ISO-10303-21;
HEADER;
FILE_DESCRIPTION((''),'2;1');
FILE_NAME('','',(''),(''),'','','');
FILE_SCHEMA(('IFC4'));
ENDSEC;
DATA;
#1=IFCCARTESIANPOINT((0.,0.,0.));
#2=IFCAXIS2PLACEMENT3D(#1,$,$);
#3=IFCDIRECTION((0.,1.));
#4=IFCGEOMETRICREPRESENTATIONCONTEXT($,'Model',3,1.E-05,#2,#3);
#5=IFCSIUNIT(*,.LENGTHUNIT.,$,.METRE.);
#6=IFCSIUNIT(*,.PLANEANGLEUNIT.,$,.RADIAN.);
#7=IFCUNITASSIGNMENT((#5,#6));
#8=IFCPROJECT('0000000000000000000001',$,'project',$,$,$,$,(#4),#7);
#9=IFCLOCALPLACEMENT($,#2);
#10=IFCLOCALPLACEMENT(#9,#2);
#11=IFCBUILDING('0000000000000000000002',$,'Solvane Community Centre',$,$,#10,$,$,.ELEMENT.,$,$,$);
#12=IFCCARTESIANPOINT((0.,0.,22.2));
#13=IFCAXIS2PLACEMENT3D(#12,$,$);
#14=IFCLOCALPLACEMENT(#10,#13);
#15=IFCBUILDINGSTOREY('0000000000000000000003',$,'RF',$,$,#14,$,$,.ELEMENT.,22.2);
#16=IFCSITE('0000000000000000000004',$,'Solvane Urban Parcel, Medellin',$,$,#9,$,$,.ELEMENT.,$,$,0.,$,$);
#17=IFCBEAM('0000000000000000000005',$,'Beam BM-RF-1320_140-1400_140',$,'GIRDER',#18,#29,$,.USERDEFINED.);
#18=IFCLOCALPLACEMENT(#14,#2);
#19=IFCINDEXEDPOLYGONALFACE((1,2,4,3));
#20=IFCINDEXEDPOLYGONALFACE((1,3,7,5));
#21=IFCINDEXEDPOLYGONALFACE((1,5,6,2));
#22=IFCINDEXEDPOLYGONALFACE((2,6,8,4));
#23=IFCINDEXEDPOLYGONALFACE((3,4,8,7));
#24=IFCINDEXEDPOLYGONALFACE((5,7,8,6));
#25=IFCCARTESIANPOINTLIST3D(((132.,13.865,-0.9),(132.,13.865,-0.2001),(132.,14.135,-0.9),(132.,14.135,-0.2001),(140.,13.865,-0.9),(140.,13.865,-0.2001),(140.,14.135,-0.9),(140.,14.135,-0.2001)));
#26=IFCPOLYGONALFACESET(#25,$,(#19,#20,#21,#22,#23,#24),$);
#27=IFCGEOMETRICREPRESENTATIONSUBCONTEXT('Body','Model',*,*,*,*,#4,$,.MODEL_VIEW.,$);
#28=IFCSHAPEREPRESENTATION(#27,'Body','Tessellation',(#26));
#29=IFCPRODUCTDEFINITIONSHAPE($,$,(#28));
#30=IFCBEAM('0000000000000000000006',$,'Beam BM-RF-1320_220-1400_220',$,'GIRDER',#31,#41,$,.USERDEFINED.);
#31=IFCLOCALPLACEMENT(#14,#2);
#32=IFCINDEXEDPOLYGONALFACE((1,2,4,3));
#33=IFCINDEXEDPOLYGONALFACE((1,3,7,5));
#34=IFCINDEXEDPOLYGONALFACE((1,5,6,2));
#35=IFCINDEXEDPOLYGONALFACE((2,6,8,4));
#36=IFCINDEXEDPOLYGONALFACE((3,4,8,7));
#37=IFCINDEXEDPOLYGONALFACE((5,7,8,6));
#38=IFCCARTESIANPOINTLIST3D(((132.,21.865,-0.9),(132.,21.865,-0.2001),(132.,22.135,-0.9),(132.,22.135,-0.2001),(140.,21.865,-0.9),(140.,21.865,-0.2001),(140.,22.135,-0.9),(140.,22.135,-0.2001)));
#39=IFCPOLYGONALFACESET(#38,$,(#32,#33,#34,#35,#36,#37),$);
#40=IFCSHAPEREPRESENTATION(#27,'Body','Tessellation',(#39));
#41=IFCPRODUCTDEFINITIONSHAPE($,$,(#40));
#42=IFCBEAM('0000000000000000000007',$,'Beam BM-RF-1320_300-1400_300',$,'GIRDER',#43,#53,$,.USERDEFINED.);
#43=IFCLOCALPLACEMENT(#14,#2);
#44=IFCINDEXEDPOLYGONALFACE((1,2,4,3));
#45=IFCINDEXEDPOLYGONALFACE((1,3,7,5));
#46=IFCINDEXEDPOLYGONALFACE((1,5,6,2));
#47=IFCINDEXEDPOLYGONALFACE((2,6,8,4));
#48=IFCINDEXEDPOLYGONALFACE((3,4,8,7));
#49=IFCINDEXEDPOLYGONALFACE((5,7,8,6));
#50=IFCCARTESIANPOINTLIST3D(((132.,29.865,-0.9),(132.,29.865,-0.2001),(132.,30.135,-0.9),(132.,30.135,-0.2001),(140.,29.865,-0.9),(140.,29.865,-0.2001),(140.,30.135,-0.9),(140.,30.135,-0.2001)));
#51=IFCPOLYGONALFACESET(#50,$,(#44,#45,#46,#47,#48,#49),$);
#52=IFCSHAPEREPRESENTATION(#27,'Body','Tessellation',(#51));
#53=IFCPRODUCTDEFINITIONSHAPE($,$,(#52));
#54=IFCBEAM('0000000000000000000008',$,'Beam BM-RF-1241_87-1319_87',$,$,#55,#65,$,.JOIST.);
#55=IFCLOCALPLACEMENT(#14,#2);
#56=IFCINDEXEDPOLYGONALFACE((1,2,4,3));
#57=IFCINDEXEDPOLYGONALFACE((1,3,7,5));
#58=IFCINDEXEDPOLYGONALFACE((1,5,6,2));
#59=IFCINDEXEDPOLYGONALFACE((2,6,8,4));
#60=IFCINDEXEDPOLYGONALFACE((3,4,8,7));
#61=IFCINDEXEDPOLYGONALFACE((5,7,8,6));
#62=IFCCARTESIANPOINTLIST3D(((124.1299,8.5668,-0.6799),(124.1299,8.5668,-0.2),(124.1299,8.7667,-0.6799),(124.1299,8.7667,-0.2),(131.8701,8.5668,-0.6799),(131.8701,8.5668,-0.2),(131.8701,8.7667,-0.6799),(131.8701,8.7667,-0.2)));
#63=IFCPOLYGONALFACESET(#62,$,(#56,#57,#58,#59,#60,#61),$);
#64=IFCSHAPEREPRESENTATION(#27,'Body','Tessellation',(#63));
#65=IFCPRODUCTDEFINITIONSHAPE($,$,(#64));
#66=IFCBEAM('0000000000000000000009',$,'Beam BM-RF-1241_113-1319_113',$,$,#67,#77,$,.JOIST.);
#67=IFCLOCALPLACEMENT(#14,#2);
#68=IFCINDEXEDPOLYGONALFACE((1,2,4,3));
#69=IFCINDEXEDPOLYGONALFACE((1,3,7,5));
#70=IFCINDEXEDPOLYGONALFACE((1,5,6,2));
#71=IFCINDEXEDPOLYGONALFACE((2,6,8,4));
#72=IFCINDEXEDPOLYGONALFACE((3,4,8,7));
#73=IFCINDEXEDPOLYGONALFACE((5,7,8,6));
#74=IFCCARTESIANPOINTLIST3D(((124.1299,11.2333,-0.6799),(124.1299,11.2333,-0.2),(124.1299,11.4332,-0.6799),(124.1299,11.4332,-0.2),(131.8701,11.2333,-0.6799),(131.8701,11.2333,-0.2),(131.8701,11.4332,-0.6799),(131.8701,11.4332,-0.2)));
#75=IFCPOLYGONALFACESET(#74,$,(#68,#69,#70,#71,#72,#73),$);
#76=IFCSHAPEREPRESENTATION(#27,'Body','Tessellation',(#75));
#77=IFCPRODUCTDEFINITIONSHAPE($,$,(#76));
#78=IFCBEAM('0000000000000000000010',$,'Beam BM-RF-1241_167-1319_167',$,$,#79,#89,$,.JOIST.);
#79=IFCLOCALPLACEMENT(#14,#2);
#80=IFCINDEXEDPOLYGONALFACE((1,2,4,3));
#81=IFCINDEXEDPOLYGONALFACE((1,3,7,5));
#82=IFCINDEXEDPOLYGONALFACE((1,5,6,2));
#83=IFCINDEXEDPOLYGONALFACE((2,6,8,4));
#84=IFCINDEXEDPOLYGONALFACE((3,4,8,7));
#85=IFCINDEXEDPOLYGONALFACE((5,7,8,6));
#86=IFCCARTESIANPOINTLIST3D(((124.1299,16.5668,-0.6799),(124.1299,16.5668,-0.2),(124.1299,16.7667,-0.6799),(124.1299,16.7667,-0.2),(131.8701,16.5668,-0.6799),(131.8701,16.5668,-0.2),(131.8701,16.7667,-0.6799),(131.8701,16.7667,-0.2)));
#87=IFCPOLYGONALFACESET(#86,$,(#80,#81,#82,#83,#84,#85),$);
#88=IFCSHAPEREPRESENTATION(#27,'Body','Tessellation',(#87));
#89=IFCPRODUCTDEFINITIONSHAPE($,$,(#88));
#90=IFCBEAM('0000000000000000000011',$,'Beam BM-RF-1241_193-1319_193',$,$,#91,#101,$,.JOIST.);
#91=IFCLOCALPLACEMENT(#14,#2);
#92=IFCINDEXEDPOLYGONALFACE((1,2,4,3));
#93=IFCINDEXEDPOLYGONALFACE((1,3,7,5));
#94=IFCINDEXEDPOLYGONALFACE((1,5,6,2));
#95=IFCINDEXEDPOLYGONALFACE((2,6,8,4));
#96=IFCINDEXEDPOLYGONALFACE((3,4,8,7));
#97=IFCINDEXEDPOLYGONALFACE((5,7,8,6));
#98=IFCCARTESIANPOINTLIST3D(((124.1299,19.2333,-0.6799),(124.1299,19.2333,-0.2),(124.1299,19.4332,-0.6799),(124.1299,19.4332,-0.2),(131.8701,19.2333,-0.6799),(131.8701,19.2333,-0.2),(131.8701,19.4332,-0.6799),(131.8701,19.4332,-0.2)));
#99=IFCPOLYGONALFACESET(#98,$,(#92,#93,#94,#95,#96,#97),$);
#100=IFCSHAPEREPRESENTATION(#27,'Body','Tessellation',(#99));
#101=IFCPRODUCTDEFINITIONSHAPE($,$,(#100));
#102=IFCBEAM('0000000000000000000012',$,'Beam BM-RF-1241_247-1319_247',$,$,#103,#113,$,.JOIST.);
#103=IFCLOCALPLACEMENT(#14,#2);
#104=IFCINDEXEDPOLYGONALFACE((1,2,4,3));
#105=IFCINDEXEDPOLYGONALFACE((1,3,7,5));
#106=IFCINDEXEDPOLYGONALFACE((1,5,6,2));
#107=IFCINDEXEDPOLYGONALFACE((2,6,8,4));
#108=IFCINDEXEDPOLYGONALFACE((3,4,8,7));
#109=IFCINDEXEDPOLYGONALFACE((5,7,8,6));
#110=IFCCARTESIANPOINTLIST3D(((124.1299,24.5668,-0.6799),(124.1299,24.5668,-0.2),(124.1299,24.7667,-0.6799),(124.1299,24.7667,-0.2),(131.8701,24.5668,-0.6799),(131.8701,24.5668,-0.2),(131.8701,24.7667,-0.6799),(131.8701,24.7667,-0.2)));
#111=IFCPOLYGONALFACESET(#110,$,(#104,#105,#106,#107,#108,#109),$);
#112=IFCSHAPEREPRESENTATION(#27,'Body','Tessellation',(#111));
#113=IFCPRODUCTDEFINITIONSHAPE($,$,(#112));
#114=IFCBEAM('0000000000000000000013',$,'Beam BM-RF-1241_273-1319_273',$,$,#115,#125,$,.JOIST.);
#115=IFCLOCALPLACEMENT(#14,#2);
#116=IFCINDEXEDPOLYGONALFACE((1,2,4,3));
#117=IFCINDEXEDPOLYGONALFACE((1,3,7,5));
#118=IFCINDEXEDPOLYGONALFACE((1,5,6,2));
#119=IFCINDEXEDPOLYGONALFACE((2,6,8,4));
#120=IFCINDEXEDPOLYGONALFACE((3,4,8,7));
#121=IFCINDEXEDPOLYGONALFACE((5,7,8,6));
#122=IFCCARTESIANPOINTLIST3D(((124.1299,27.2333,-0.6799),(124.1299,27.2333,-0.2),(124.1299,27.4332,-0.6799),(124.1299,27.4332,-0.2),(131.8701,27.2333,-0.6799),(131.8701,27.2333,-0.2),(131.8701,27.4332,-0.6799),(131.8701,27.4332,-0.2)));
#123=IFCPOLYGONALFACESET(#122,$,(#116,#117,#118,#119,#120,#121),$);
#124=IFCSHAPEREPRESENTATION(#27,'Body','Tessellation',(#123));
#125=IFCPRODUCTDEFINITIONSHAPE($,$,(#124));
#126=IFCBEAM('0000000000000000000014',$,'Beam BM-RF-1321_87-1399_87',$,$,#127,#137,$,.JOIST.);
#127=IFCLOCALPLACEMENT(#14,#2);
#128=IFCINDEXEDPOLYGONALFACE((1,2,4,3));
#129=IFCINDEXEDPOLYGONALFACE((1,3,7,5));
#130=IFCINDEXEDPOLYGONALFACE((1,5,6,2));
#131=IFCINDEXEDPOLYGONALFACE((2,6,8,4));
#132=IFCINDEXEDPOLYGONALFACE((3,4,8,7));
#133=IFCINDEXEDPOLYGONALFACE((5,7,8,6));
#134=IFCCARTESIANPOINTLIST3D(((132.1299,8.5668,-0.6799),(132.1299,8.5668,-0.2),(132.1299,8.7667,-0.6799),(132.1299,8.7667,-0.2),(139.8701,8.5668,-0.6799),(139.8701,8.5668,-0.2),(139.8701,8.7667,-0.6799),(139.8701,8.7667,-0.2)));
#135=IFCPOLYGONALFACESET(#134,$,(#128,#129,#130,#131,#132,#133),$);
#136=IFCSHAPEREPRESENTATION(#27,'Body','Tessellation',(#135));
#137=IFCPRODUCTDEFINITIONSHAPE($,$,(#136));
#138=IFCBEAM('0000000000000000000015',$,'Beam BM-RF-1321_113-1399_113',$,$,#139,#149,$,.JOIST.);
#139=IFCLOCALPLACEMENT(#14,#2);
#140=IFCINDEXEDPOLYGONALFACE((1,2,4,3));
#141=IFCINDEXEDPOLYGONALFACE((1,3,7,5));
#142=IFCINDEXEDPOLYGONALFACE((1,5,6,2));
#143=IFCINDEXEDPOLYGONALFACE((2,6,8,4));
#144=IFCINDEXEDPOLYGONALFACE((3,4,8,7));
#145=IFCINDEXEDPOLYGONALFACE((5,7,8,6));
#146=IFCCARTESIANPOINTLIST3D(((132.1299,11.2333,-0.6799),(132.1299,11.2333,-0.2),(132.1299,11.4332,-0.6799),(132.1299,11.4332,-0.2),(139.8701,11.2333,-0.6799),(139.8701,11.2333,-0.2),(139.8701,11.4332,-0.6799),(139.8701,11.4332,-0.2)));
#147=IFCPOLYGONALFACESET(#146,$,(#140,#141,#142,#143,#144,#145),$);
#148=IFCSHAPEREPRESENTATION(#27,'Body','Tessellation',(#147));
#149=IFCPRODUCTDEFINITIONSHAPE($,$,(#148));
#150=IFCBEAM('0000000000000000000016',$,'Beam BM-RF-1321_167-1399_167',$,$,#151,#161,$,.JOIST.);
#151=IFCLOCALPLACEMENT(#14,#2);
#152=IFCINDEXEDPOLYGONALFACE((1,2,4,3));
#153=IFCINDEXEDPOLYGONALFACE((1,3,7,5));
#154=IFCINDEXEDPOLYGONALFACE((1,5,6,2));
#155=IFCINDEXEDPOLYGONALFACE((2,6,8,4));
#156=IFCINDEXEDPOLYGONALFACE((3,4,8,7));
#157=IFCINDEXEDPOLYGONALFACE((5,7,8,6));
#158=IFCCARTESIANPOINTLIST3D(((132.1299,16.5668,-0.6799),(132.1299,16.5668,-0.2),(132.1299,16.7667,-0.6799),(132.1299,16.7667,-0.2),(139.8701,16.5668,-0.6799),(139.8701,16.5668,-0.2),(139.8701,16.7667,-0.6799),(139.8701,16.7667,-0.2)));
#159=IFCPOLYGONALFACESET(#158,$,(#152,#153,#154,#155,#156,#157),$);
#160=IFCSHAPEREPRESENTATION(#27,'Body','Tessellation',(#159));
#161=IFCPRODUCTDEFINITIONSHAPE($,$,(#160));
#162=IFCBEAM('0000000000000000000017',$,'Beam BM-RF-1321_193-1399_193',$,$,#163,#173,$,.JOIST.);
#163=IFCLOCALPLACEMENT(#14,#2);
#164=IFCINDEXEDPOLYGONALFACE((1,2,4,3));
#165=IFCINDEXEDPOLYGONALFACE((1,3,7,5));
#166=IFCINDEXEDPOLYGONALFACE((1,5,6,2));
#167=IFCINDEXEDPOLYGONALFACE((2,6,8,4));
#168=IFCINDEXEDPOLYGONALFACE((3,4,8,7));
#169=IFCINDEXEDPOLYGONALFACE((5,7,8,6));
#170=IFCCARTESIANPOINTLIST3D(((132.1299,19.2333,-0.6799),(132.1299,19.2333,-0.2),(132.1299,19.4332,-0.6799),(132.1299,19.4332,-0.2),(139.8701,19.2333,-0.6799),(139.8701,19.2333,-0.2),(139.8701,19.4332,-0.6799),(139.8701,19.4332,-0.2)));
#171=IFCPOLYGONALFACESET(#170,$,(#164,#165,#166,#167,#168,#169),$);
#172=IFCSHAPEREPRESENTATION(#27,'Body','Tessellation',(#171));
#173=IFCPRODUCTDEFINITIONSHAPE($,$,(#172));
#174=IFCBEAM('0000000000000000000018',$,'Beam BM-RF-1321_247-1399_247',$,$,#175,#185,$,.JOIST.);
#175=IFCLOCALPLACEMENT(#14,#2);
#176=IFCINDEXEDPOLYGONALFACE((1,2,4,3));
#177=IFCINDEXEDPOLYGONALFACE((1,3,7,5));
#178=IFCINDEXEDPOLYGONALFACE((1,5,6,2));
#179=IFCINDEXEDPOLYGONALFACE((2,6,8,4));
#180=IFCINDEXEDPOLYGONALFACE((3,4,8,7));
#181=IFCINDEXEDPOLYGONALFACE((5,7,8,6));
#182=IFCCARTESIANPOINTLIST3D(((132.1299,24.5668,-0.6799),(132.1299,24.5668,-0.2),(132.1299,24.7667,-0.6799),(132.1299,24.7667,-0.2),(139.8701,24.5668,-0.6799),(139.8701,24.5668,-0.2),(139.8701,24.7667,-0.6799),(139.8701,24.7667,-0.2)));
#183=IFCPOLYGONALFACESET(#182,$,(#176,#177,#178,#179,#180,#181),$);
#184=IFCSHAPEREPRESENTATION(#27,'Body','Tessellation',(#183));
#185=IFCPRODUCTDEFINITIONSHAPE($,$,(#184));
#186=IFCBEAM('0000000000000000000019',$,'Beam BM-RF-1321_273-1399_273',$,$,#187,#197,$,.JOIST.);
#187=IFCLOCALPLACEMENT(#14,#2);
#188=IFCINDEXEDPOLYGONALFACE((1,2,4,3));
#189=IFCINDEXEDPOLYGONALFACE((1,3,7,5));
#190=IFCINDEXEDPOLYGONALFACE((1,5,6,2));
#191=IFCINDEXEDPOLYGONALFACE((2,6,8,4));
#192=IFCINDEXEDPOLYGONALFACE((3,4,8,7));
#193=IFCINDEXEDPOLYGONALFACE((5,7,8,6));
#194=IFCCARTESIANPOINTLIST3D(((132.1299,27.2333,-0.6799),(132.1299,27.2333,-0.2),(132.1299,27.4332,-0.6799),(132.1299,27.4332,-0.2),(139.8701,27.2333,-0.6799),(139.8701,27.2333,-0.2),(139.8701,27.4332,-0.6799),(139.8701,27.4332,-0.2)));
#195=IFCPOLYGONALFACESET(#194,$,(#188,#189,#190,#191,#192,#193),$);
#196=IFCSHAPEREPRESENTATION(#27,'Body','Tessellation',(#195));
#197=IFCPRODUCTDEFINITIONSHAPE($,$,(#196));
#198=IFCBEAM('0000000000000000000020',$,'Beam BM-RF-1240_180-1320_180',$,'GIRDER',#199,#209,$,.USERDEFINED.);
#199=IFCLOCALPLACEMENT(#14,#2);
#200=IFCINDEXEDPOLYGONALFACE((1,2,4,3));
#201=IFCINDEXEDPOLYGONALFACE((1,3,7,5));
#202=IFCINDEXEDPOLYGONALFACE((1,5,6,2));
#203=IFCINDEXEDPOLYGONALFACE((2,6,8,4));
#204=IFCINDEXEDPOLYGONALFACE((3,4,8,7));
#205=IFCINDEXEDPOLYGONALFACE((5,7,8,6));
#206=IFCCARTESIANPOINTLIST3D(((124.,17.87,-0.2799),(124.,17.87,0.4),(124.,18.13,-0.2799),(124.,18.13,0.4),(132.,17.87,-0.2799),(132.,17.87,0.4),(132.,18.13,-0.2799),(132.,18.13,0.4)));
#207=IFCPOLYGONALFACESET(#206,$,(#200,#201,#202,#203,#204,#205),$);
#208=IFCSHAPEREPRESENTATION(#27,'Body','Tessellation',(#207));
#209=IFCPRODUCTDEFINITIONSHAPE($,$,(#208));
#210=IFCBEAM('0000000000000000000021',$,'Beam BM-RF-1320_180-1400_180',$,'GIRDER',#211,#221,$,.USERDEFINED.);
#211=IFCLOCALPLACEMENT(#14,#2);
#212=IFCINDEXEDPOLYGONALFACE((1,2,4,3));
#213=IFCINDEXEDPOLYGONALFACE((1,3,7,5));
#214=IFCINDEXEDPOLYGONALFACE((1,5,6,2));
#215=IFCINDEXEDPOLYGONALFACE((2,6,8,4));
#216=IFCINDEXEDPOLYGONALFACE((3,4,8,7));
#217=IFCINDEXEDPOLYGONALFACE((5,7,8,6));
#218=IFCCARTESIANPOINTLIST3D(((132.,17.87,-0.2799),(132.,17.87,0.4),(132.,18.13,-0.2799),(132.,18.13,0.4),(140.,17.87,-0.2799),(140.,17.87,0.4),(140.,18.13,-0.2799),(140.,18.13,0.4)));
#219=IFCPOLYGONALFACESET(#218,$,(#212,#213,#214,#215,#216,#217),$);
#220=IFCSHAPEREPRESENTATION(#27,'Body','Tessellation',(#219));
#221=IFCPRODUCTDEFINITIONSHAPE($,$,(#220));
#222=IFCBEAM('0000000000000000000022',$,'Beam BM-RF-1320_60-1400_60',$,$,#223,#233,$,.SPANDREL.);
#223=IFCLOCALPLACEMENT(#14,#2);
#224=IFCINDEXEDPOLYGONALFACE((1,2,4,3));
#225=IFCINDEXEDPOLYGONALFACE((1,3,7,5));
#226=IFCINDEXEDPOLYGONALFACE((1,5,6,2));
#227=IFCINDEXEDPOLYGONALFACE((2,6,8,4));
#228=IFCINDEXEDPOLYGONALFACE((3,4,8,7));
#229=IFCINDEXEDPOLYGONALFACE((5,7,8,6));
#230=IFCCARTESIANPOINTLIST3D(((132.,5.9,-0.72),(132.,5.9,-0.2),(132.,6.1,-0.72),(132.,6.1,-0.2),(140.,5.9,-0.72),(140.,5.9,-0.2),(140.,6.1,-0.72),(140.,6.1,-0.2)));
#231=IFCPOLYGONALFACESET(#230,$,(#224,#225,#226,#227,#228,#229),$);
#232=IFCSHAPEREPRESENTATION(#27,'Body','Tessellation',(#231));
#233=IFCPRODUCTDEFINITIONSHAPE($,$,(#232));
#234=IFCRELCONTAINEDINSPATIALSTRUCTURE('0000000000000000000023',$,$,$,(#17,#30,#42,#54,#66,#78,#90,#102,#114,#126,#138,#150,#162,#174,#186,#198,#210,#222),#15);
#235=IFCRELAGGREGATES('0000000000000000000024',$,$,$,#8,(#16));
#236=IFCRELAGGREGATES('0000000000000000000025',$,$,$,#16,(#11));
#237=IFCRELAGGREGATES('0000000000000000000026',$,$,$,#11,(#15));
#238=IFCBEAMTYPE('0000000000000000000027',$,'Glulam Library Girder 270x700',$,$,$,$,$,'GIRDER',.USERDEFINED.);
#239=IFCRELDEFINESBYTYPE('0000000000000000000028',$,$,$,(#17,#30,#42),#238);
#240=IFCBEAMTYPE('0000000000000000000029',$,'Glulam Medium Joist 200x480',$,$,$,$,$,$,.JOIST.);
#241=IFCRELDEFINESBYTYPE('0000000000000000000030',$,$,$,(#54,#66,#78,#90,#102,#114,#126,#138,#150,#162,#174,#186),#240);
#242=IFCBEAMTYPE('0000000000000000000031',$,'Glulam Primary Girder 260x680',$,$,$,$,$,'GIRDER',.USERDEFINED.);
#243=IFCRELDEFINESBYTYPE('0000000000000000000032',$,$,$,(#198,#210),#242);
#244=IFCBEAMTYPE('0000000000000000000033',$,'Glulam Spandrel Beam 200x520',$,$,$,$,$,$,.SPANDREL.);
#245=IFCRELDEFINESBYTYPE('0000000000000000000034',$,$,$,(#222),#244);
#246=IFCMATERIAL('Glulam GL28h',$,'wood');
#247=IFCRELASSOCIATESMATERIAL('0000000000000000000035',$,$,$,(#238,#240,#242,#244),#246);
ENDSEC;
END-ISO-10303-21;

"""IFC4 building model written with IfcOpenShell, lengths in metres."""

from ifc_helpers import new_model, si_unit, direction, frame, origin, origin_2d, place, context, subcontext, project, spatial, rectangle, extrude, material, material_profile, profile_set, type_object, element, save


model = new_model("IFC4")

# Units and contexts
model_context = context("Model", 3, precision=1e-05, world=origin(), true_north=direction((0.0, 1.0)))
body_context = subcontext(model_context, "Body", "Model", "MODEL_VIEW")
ifc_project = project(units=[si_unit("LENGTHUNIT", "METRE"), si_unit("PLANEANGLEUNIT", "RADIAN")], contexts=[model_context])

# Site, building, storey
site_placement = place(None, origin())
site = spatial("IfcSite", under=ifc_project, at=site_placement, Name="Solvane Urban Parcel, Medellin", CompositionType="ELEMENT", RefElevation=0.0)
building_placement = place(site_placement, origin())
building = spatial("IfcBuilding", under=site, at=building_placement, Name="Solvane Community Centre", CompositionType="ELEMENT")
storey_placement = place(building_placement, frame((0.0, 0.0, 22.2)))
storey = spatial("IfcBuildingStorey", under=building, at=storey_placement, Name="RF", CompositionType="ELEMENT", Elevation=22.2)

# Beams
ifc_material_1 = material(Name="Glulam GL28h", Category="wood")
ifc_material_profile_1 = material_profile(ifc_material_1, rectangle(XDim=0.27, YDim=0.7, at=origin_2d()), Name="GL28h 270x700")
ifc_profile_set_1 = profile_set([ifc_material_profile_1], Name="Glulam GL28h")
beam_type_1 = type_object("IfcBeamType", Name="Glulam Library Girder 270x700", ElementType="GIRDER", PredefinedType="USERDEFINED", material=ifc_profile_set_1)
for number, where, z_axis, x_axis, name in (
    (1, (132.0, 14.0, -0.55), (1.0, 0.0, 0.0), (0.0, 1.0, 0.0), "Beam BM-RF-1320_140-1400_140"),
    (2, (132.0, 22.0, -0.55), (1.0, 0.0, 0.0), (0.0, 1.0, 0.0), "Beam BM-RF-1320_220-1400_220"),
    (3, (132.0, 30.0, -0.55), (1.0, 0.0, 0.0), (0.0, 1.0, 0.0), "Beam BM-RF-1320_300-1400_300"),
):
    element("IfcBeam", number, at=place(storey_placement, frame(where, z_axis=z_axis, x_axis=x_axis)), inside=storey, type_object=beam_type_1, Name=name, ObjectType="GIRDER", PredefinedType="USERDEFINED", context=body_context, shape_type="SweptSolid", body=[
        extrude(rectangle(XDim=0.27, YDim=0.7, at=origin_2d()), origin(), (0.0, 0.0, 1.0), 8.0),
    ])
ifc_material_profile_2 = material_profile(ifc_material_1, rectangle(XDim=0.2, YDim=0.48, at=origin_2d()), Name="GL28h 200x480")
ifc_profile_set_2 = profile_set([ifc_material_profile_2], Name="Glulam GL28h")
beam_type_2 = type_object("IfcBeamType", Name="Glulam Medium Joist 200x480", PredefinedType="JOIST", material=ifc_profile_set_2)
for number, where, z_axis, x_axis, name in (
    (4, (124.1299, 8.6667, -0.4399), (1.0, 0.0, 0.0), (0.0, 1.0, 0.0), "Beam BM-RF-1241_87-1319_87"),
    (5, (124.1299, 11.3333, -0.4399), (1.0, 0.0, 0.0), (0.0, 1.0, 0.0), "Beam BM-RF-1241_113-1319_113"),
    (6, (124.1299, 16.6667, -0.4399), (1.0, 0.0, 0.0), (0.0, 1.0, 0.0), "Beam BM-RF-1241_167-1319_167"),
    (7, (124.1299, 19.3333, -0.4399), (1.0, 0.0, 0.0), (0.0, 1.0, 0.0), "Beam BM-RF-1241_193-1319_193"),
    (8, (124.1299, 24.6667, -0.4399), (1.0, 0.0, 0.0), (0.0, 1.0, 0.0), "Beam BM-RF-1241_247-1319_247"),
    (9, (124.1299, 27.3333, -0.4399), (1.0, 0.0, 0.0), (0.0, 1.0, 0.0), "Beam BM-RF-1241_273-1319_273"),
    (10, (132.1299, 8.6667, -0.4399), (1.0, 0.0, 0.0), (0.0, 1.0, 0.0), "Beam BM-RF-1321_87-1399_87"),
    (11, (132.1299, 11.3333, -0.4399), (1.0, 0.0, 0.0), (0.0, 1.0, 0.0), "Beam BM-RF-1321_113-1399_113"),
    (12, (132.1299, 16.6667, -0.4399), (1.0, 0.0, 0.0), (0.0, 1.0, 0.0), "Beam BM-RF-1321_167-1399_167"),
    (13, (132.1299, 19.3333, -0.4399), (1.0, 0.0, 0.0), (0.0, 1.0, 0.0), "Beam BM-RF-1321_193-1399_193"),
    (14, (132.1299, 24.6667, -0.4399), (1.0, 0.0, 0.0), (0.0, 1.0, 0.0), "Beam BM-RF-1321_247-1399_247"),
    (15, (132.1299, 27.3333, -0.4399), (1.0, 0.0, 0.0), (0.0, 1.0, 0.0), "Beam BM-RF-1321_273-1399_273"),
):
    element("IfcBeam", number, at=place(storey_placement, frame(where, z_axis=z_axis, x_axis=x_axis)), inside=storey, type_object=beam_type_2, Name=name, PredefinedType="JOIST", context=body_context, shape_type="SweptSolid", body=[
        extrude(rectangle(XDim=0.2, YDim=0.48, at=origin_2d()), origin(), (0.0, 0.0, 1.0), 7.7402),
    ])
ifc_material_profile_3 = material_profile(ifc_material_1, rectangle(XDim=0.26, YDim=0.6799, at=origin_2d()), Name="GL28h 260x680")
ifc_profile_set_3 = profile_set([ifc_material_profile_3], Name="Glulam GL28h")
beam_type_3 = type_object("IfcBeamType", Name="Glulam Primary Girder 260x680", ElementType="GIRDER", PredefinedType="USERDEFINED", material=ifc_profile_set_3)
for number, where, z_axis, x_axis, name in (
    (16, (124.0, 18.0, 0.0601), (1.0, 0.0, 0.0), (0.0, 1.0, 0.0), "Beam BM-RF-1240_180-1320_180"),
    (17, (132.0, 18.0, 0.0601), (1.0, 0.0, 0.0), (0.0, 1.0, 0.0), "Beam BM-RF-1320_180-1400_180"),
):
    element("IfcBeam", number, at=place(storey_placement, frame(where, z_axis=z_axis, x_axis=x_axis)), inside=storey, type_object=beam_type_3, Name=name, ObjectType="GIRDER", PredefinedType="USERDEFINED", context=body_context, shape_type="SweptSolid", body=[
        extrude(rectangle(XDim=0.26, YDim=0.6799, at=origin_2d()), origin(), (0.0, 0.0, 1.0), 8.0),
    ])
ifc_material_profile_4 = material_profile(ifc_material_1, rectangle(XDim=0.2, YDim=0.52, at=origin_2d()), Name="GL28h 200x520")
ifc_profile_set_4 = profile_set([ifc_material_profile_4], Name="Glulam GL28h")
beam_type_4 = type_object("IfcBeamType", Name="Glulam Spandrel Beam 200x520", PredefinedType="SPANDREL", material=ifc_profile_set_4)
beam_placement = place(storey_placement, frame((132.0, 6.0, -0.46), z_axis=(1.0, 0.0, 0.0), x_axis=(0.0, 1.0, 0.0)))
element("IfcBeam", 18, at=beam_placement, inside=storey, type_object=beam_type_4, Name="Beam BM-RF-1320_60-1400_60", PredefinedType="SPANDREL", context=body_context, shape_type="SweptSolid", body=[
    extrude(rectangle(XDim=0.2, YDim=0.52, at=origin_2d()), origin(), (0.0, 0.0, 1.0), 8.0),
])

save(model, "model.ifc")
